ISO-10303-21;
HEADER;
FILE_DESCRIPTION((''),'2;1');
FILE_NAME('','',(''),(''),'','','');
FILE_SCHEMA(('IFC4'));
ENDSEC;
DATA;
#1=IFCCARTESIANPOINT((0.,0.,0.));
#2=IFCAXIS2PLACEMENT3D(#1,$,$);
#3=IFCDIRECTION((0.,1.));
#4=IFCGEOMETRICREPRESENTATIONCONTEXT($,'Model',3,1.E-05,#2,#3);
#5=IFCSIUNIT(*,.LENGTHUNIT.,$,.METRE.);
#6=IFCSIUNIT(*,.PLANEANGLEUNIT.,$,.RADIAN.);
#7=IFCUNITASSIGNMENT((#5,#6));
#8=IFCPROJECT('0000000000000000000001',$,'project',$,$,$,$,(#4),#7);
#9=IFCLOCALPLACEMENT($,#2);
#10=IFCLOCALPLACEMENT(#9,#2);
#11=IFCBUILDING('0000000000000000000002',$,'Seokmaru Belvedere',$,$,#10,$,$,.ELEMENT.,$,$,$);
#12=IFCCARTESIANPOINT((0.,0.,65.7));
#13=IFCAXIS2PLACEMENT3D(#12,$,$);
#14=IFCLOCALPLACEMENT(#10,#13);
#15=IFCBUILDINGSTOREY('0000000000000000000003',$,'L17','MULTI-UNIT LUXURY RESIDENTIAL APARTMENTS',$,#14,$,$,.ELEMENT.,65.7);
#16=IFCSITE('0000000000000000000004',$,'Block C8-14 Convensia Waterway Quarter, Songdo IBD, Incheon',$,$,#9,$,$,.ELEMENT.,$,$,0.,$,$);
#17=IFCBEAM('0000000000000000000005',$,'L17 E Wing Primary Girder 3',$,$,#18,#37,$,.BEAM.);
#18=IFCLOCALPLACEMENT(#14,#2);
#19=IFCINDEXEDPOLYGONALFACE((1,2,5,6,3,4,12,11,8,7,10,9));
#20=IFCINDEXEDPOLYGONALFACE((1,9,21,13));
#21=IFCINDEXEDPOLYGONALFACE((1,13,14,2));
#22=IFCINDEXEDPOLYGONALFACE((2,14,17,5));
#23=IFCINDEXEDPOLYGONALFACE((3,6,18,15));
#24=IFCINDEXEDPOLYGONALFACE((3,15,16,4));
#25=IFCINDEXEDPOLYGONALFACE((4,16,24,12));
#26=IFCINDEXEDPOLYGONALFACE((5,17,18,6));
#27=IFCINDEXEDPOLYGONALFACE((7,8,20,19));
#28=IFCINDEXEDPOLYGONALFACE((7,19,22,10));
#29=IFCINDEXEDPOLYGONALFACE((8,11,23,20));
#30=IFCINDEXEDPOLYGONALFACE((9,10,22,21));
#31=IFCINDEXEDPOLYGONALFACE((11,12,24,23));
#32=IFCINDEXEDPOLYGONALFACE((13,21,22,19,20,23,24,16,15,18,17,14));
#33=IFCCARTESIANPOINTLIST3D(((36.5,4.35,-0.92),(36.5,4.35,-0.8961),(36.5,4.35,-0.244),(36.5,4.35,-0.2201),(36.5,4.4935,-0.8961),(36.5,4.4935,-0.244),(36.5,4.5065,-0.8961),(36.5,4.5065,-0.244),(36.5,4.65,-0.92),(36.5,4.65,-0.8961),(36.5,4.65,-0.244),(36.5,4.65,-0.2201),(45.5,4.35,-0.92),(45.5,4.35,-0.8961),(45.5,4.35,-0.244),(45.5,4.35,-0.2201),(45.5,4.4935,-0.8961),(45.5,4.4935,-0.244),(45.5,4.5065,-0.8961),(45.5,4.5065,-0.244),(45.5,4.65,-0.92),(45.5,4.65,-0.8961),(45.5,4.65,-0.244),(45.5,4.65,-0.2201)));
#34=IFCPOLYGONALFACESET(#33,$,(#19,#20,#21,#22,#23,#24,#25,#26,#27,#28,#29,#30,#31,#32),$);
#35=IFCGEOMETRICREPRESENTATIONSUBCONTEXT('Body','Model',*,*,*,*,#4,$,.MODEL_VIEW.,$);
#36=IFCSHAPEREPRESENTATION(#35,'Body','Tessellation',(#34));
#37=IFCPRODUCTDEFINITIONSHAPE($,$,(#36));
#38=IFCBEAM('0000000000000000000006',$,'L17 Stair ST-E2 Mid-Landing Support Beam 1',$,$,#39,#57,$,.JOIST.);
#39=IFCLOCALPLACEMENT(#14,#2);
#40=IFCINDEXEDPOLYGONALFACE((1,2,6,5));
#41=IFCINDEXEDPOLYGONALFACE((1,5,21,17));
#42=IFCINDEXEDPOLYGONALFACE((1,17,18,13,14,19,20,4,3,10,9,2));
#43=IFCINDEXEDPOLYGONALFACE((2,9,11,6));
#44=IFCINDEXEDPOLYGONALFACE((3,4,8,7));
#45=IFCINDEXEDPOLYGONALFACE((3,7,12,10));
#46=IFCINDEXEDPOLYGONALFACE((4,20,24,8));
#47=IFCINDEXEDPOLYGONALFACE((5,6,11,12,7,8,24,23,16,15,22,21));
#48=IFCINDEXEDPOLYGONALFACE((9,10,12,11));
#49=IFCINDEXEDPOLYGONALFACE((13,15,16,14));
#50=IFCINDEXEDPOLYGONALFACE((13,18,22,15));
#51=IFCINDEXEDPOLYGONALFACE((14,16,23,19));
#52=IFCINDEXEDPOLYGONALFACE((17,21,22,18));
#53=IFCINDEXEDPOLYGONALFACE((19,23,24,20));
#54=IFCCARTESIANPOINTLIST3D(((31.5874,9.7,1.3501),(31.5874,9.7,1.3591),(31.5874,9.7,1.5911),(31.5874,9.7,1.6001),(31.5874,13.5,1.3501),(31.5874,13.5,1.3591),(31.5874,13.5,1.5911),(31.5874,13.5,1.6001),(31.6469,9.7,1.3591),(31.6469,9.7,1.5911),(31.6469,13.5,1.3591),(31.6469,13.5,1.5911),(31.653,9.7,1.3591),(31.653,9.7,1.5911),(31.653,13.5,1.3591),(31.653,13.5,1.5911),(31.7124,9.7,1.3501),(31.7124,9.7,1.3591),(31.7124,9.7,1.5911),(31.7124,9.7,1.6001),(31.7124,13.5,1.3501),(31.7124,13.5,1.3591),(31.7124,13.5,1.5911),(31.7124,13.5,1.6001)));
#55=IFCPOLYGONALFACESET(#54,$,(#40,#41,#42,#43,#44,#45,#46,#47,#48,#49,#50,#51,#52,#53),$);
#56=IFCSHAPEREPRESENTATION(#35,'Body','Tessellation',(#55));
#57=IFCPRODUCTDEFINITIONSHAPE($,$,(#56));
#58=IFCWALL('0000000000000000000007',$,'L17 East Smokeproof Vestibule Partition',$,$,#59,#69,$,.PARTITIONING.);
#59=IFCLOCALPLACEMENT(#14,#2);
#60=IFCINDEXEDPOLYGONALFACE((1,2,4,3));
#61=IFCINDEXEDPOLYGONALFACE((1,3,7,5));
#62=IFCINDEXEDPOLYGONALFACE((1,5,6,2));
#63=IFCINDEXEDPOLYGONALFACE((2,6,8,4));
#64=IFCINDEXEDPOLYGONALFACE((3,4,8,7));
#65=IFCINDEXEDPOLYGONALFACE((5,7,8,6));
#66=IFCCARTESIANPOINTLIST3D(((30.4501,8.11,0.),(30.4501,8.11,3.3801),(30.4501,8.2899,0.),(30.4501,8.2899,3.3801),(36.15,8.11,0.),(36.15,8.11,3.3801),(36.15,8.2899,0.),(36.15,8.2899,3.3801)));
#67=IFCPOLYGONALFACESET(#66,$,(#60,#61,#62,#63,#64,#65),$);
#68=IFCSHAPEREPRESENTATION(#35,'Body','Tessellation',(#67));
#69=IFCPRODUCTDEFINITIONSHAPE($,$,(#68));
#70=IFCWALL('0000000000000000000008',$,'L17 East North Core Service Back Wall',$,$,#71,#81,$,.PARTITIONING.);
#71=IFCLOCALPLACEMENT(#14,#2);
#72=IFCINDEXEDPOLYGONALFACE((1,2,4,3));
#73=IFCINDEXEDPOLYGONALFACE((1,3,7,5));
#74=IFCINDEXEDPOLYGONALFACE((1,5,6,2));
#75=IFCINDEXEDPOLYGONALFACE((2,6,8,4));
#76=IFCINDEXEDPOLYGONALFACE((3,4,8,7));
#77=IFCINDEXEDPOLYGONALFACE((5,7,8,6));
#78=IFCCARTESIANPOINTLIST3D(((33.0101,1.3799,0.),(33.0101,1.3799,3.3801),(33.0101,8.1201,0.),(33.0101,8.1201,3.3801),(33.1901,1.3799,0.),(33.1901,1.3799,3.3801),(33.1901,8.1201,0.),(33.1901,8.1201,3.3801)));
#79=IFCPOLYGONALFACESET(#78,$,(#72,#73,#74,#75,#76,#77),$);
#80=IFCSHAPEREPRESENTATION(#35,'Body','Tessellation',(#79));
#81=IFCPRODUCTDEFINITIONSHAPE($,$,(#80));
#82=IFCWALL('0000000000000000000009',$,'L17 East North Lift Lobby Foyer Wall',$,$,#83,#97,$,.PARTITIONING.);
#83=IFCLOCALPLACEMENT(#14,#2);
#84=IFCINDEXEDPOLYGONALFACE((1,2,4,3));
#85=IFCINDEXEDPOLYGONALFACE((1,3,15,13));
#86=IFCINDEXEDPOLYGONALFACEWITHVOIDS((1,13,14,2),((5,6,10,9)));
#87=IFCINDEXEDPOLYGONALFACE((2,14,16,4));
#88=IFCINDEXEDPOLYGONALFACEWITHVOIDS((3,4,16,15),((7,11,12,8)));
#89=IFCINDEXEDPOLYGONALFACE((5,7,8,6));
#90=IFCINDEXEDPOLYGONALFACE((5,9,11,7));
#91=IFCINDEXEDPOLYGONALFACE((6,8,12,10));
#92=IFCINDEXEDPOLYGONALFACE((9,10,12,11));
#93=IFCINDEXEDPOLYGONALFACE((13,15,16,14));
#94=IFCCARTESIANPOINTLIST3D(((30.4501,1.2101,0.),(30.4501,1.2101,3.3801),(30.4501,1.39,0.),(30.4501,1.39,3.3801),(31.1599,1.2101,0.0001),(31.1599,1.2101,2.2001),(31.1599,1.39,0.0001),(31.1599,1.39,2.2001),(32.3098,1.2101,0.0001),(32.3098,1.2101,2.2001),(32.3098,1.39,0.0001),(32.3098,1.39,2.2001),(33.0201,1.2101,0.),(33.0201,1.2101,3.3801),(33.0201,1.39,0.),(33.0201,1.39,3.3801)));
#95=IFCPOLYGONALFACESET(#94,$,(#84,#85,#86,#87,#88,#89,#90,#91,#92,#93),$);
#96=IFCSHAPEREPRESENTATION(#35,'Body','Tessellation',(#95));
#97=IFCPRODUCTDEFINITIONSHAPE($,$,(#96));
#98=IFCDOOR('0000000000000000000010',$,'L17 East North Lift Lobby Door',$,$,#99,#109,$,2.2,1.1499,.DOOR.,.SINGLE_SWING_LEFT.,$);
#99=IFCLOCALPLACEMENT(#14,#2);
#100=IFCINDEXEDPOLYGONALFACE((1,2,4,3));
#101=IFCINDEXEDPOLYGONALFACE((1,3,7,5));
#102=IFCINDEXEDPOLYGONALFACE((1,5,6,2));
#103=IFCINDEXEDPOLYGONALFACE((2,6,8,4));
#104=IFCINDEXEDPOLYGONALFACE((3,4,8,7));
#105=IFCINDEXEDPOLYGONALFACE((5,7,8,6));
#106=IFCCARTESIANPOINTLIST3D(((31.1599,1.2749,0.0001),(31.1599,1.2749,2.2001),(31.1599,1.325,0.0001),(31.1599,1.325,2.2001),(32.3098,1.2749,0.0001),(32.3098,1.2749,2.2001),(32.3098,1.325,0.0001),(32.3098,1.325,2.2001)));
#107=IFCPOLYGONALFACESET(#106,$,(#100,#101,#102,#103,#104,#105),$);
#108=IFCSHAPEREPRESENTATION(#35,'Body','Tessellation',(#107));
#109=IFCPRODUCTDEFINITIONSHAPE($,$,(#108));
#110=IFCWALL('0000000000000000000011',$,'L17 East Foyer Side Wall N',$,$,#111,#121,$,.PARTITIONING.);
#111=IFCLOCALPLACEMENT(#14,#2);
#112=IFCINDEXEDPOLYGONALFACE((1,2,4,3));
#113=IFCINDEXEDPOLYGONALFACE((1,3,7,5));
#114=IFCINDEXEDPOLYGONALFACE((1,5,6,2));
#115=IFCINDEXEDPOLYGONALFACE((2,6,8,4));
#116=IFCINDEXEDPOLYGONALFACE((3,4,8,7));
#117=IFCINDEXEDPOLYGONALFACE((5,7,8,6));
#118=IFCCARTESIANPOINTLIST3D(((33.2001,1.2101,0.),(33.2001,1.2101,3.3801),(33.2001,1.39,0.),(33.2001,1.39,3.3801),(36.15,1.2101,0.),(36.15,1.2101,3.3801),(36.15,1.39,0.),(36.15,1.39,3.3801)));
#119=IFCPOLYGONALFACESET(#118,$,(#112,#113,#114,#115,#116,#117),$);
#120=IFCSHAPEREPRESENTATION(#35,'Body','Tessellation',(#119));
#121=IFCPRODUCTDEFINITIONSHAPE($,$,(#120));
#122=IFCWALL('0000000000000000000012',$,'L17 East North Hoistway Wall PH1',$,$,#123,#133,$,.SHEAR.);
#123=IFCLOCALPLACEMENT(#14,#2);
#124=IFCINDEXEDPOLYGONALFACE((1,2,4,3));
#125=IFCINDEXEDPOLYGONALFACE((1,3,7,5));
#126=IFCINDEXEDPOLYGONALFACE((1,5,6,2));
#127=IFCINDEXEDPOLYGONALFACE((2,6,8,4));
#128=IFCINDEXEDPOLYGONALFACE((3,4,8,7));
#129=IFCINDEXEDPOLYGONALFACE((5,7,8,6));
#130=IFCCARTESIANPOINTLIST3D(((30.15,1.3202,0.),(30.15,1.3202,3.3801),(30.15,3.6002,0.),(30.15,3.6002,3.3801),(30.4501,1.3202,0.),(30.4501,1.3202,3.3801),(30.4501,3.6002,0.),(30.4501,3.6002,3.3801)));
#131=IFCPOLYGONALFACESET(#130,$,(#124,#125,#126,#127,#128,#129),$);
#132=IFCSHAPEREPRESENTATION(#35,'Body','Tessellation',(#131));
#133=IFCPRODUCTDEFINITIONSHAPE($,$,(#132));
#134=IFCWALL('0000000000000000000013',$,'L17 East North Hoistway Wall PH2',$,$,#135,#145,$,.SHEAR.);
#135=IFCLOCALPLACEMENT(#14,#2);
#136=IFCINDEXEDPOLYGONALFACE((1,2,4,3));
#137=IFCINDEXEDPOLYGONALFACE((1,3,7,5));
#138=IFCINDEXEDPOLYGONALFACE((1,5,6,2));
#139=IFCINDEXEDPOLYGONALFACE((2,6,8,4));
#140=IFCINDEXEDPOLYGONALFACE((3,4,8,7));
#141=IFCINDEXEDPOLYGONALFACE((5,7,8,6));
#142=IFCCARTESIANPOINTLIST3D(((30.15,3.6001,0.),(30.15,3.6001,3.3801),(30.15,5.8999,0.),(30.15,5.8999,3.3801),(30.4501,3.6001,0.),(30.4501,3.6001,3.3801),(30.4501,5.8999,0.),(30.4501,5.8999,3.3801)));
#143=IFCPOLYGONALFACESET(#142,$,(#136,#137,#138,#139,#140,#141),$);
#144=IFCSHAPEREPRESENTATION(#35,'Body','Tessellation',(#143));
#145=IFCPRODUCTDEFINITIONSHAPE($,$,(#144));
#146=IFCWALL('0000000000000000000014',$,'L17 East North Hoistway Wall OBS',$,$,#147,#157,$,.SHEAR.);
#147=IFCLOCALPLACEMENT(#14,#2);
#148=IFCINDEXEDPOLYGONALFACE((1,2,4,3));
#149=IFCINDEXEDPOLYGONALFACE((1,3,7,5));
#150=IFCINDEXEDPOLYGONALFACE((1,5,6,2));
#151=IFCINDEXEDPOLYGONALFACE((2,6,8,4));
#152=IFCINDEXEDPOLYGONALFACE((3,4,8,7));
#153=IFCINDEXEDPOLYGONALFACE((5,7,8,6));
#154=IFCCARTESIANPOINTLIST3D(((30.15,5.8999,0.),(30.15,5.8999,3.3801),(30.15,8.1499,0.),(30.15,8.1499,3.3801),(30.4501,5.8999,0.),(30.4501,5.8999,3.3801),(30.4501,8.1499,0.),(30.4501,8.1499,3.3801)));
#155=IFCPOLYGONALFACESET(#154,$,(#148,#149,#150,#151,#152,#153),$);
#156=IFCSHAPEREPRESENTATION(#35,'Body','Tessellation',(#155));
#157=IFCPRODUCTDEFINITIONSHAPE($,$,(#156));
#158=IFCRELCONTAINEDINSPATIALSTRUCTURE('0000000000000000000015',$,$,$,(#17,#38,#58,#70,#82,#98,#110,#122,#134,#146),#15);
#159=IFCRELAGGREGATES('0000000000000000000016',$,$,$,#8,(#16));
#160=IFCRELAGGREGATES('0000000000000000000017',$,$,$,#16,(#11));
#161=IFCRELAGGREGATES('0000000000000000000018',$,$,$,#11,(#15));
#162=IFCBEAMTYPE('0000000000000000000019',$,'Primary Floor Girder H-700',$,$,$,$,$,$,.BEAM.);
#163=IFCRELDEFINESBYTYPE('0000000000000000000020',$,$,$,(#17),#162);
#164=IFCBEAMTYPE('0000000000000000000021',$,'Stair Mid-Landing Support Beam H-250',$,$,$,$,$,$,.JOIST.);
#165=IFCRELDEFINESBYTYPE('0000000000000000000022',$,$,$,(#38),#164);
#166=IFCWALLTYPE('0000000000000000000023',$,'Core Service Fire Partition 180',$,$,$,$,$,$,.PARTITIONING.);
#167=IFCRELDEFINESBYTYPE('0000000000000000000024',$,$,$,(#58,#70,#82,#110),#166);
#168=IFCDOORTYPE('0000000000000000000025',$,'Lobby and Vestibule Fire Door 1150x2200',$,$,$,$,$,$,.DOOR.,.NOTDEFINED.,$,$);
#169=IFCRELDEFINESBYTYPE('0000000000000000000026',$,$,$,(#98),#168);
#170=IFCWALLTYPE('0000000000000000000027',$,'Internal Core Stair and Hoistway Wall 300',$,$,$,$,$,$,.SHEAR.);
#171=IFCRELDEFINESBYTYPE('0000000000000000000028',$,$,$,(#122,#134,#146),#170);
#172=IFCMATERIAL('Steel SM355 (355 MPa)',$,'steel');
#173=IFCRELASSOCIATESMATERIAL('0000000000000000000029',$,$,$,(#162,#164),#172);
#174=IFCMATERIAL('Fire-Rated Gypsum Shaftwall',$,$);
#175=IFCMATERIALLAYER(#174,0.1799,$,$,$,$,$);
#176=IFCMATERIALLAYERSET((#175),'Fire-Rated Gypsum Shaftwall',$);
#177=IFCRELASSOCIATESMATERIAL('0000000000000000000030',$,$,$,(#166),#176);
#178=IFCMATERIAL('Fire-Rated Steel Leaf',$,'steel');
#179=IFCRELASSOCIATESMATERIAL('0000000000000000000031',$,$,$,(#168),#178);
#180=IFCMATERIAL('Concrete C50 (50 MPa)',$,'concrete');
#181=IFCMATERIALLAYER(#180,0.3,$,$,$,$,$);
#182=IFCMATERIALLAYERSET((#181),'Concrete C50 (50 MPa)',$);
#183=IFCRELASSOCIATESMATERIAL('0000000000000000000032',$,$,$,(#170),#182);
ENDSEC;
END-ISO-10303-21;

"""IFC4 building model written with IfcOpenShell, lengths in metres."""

from ifc_helpers import new_model, si_unit, direction, frame, frame_2d, origin, origin_2d, place, context, subcontext, project, spatial, rectangle, i_section, extrude, source, transform, mapped, material, layer, layer_set, material_profile, profile_set, type_object, type_shapes, element, fill, save


model = new_model("IFC4")

# Units and contexts
model_context = context("Model", 3, precision=1e-05, world=origin(), true_north=direction((0.0, 1.0)))
body_context = subcontext(model_context, "Body", "Model", "MODEL_VIEW")
ifc_project = project(units=[si_unit("LENGTHUNIT", "METRE"), si_unit("PLANEANGLEUNIT", "RADIAN")], contexts=[model_context])

# Site, building, storey
site_placement = place(None, origin())
site = spatial("IfcSite", under=ifc_project, at=site_placement, Name="Block C8-14 Convensia Waterway Quarter, Songdo IBD, Incheon", CompositionType="ELEMENT", RefElevation=0.0)
building_placement = place(site_placement, origin())
building = spatial("IfcBuilding", under=site, at=building_placement, Name="Seokmaru Belvedere", CompositionType="ELEMENT")
storey_placement = place(building_placement, frame((0.0, 0.0, 65.7)))
storey = spatial("IfcBuildingStorey", under=building, at=storey_placement, Name="L17", Description="MULTI-UNIT LUXURY RESIDENTIAL APARTMENTS", CompositionType="ELEMENT", Elevation=65.7)

# Beams
ifc_material_1 = material(Name="Steel SM355 (355 MPa)", Category="steel")
ifc_material_profile_1 = material_profile(ifc_material_1, i_section(OverallWidth=0.3, OverallDepth=0.7, WebThickness=0.0129, FlangeThickness=0.0239, at=origin_2d()), Name="H-700x300x13x24")
ifc_profile_set_1 = profile_set([ifc_material_profile_1], Name="Steel SM355 (355 MPa)")
beam_type_1 = type_object("IfcBeamType", Name="Primary Floor Girder H-700", PredefinedType="BEAM", material=ifc_profile_set_1)
shared_shape_1 = source(origin(), body_context, "Body", "SweptSolid", [
    extrude(i_section(OverallWidth=0.3, OverallDepth=0.7, WebThickness=0.0129, FlangeThickness=0.0239, at=origin_2d()), origin(), (0.0, 0.0, 1.0), 9.0),
])
type_shapes(beam_type_1, [shared_shape_1])
beam_1_placement = place(storey_placement, frame((36.5, 4.5, -0.5701), z_axis=(1.0, 0.0, 0.0), x_axis=(0.0, 1.0, 0.0)))
element("IfcBeam", 1, at=beam_1_placement, inside=storey, type_object=beam_type_1, Name="L17 E Wing Primary Girder 3", PredefinedType="BEAM", context=body_context, shape_type="MappedRepresentation", body=[
    mapped(shared_shape_1, transform((0.0, 0.0, 0.0), scale=1.0)),
])
ifc_material_profile_2 = material_profile(ifc_material_1, i_section(OverallWidth=0.125, OverallDepth=0.25, WebThickness=0.0061, FlangeThickness=0.009, at=origin_2d()), Name="H-250x125x6x9")
ifc_profile_set_2 = profile_set([ifc_material_profile_2], Name="Steel SM355 (355 MPa)")
beam_type_2 = type_object("IfcBeamType", Name="Stair Mid-Landing Support Beam H-250", PredefinedType="JOIST", material=ifc_profile_set_2)
shared_shape_2 = source(origin(), body_context, "Body", "SweptSolid", [
    extrude(i_section(OverallWidth=0.125, OverallDepth=0.25, WebThickness=0.0061, FlangeThickness=0.009, at=origin_2d()), origin(), (0.0, 0.0, 1.0), 3.8),
])
type_shapes(beam_type_2, [shared_shape_2])
beam_2_placement = place(storey_placement, frame((31.6499, 9.7, 1.4751), z_axis=(0.0, 1.0, 0.0), x_axis=(-1.0, 0.0, 0.0)))
element("IfcBeam", 2, at=beam_2_placement, inside=storey, type_object=beam_type_2, Name="L17 Stair ST-E2 Mid-Landing Support Beam 1", PredefinedType="JOIST", context=body_context, shape_type="MappedRepresentation", body=[
    mapped(shared_shape_2, transform((0.0, 0.0, 0.0), scale=1.0)),
])

# Walls
ifc_material_2 = material(Name="Fire-Rated Gypsum Shaftwall")
ifc_layer_1 = layer(ifc_material_2, 0.1799)
ifc_layer_set_1 = layer_set([ifc_layer_1], Name="Fire-Rated Gypsum Shaftwall")
wall_type_1 = type_object("IfcWallType", Name="Core Service Fire Partition 180", PredefinedType="PARTITIONING", material=ifc_layer_set_1)
wall_1_placement = place(storey_placement, frame((30.45, 8.2, 0.0), z_axis=(0.0, 0.0, 1.0), x_axis=(1.0, 0.0, 0.0)))
element("IfcWall", 3, at=wall_1_placement, inside=storey, type_object=wall_type_1, Name="L17 East Smokeproof Vestibule Partition", PredefinedType="PARTITIONING", context=body_context, shape_type="SweptSolid", body=[
    extrude(rectangle(XDim=5.7, YDim=0.1799, at=frame_2d((2.8501, 0.0))), origin(), (0.0, 0.0, 1.0), 3.3801),
])
wall_2_placement = place(storey_placement, frame((33.1001, 1.3799, 0.0), z_axis=(0.0, 0.0, 1.0), x_axis=(0.0, 1.0, 0.0)))
element("IfcWall", 4, at=wall_2_placement, inside=storey, type_object=wall_type_1, Name="L17 East North Core Service Back Wall", PredefinedType="PARTITIONING", context=body_context, shape_type="SweptSolid", body=[
    extrude(rectangle(XDim=6.7402, YDim=0.1799, at=frame_2d((3.3701, 0.0))), origin(), (0.0, 0.0, 1.0), 3.3801),
])

# Wall, opening, door
wall_3_placement = place(storey_placement, frame((30.45, 1.3, 0.0), z_axis=(0.0, 0.0, 1.0), x_axis=(1.0, 0.0, 0.0)))
wall_3 = element("IfcWall", 5, at=wall_3_placement, inside=storey, type_object=wall_type_1, Name="L17 East North Lift Lobby Foyer Wall", PredefinedType="PARTITIONING", context=body_context, shape_type="SweptSolid", body=[
    extrude(rectangle(XDim=2.5701, YDim=0.1799, at=frame_2d((1.2852, 0.0))), origin(), (0.0, 0.0, 1.0), 3.3801),
])
opening_1_placement = place(wall_3_placement, frame((0.71, 0.0, 0.0)))
opening_1 = element("IfcOpeningElement", 6, at=opening_1_placement, cuts=wall_3, PredefinedType="OPENING", context=body_context, shape_type="SweptSolid", body=[
    extrude(rectangle(XDim=1.1499, YDim=2.2, at=frame_2d((0.575, 1.1001))), frame((0.0, 0.1001, 0.0), z_axis=(0.0, -1.0, 0.0), x_axis=(1.0, 0.0, 0.0)), (0.0, 0.0, 1.0), 0.2),
])
ifc_material_3 = material(Name="Fire-Rated Steel Leaf", Category="steel")
door_type_1 = type_object("IfcDoorType", Name="Lobby and Vestibule Fire Door 1150x2200", OperationType="NOTDEFINED", PredefinedType="DOOR", material=ifc_material_3)
shared_shape_3 = source(origin(), body_context, "Body", "SweptSolid", [
    extrude(rectangle(XDim=1.1499, YDim=2.2, at=frame_2d((0.575, 1.1001))), frame((0.0, 0.0249, 0.0), z_axis=(0.0, -1.0, 0.0), x_axis=(1.0, 0.0, 0.0)), (0.0, 0.0, 1.0), 0.05),
])
type_shapes(door_type_1, [shared_shape_3])
door_1_placement = place(opening_1_placement, origin())
door_1 = element("IfcDoor", 7, at=door_1_placement, inside=storey, type_object=door_type_1, Name="L17 East North Lift Lobby Door", OperationType="SINGLE_SWING_LEFT", OverallHeight=2.2, OverallWidth=1.1499, PredefinedType="DOOR", context=body_context, shape_type="MappedRepresentation", body=[
    mapped(shared_shape_3, transform((0.0, 0.0, 0.0), scale=1.0)),
])
fill(opening_1, door_1)

# Walls
wall_4_placement = place(storey_placement, frame((33.2, 1.3, 0.0), z_axis=(0.0, 0.0, 1.0), x_axis=(1.0, 0.0, 0.0)))
element("IfcWall", 8, at=wall_4_placement, inside=storey, type_object=wall_type_1, Name="L17 East Foyer Side Wall N", PredefinedType="PARTITIONING", context=body_context, shape_type="SweptSolid", body=[
    extrude(rectangle(XDim=2.95, YDim=0.1799, at=frame_2d((1.4751, 0.0))), origin(), (0.0, 0.0, 1.0), 3.3801),
])
ifc_material_4 = material(Name="Concrete C50 (50 MPa)", Category="concrete")
ifc_layer_2 = layer(ifc_material_4, 0.3)
ifc_layer_set_2 = layer_set([ifc_layer_2], Name="Concrete C50 (50 MPa)")
wall_type_2 = type_object("IfcWallType", Name="Internal Core Stair and Hoistway Wall 300", PredefinedType="SHEAR", material=ifc_layer_set_2)
wall_5_placement = place(storey_placement, frame((30.3, 1.3201, 0.0), z_axis=(0.0, 0.0, 1.0), x_axis=(0.0, 1.0, 0.0)))
element("IfcWall", 9, at=wall_5_placement, inside=storey, type_object=wall_type_2, Name="L17 East North Hoistway Wall PH1", PredefinedType="SHEAR", context=body_context, shape_type="SweptSolid", body=[
    extrude(rectangle(XDim=2.28, YDim=0.3, at=frame_2d((1.1401, 0.0))), origin(), (0.0, 0.0, 1.0), 3.3801),
])
wall_6_placement = place(storey_placement, frame((30.3, 3.6001, 0.0), z_axis=(0.0, 0.0, 1.0), x_axis=(0.0, 1.0, 0.0)))
element("IfcWall", 10, at=wall_6_placement, inside=storey, type_object=wall_type_2, Name="L17 East North Hoistway Wall PH2", PredefinedType="SHEAR", context=body_context, shape_type="SweptSolid", body=[
    extrude(rectangle(XDim=2.2998, YDim=0.3, at=frame_2d((1.1499, 0.0))), origin(), (0.0, 0.0, 1.0), 3.3801),
])
wall_7_placement = place(storey_placement, frame((30.3, 5.8999, 0.0), z_axis=(0.0, 0.0, 1.0), x_axis=(0.0, 1.0, 0.0)))
element("IfcWall", 11, at=wall_7_placement, inside=storey, type_object=wall_type_2, Name="L17 East North Hoistway Wall OBS", PredefinedType="SHEAR", context=body_context, shape_type="SweptSolid", body=[
    extrude(rectangle(XDim=2.25, YDim=0.3, at=frame_2d((1.125, 0.0))), origin(), (0.0, 0.0, 1.0), 3.3801),
])

save(model, "model.ifc")
